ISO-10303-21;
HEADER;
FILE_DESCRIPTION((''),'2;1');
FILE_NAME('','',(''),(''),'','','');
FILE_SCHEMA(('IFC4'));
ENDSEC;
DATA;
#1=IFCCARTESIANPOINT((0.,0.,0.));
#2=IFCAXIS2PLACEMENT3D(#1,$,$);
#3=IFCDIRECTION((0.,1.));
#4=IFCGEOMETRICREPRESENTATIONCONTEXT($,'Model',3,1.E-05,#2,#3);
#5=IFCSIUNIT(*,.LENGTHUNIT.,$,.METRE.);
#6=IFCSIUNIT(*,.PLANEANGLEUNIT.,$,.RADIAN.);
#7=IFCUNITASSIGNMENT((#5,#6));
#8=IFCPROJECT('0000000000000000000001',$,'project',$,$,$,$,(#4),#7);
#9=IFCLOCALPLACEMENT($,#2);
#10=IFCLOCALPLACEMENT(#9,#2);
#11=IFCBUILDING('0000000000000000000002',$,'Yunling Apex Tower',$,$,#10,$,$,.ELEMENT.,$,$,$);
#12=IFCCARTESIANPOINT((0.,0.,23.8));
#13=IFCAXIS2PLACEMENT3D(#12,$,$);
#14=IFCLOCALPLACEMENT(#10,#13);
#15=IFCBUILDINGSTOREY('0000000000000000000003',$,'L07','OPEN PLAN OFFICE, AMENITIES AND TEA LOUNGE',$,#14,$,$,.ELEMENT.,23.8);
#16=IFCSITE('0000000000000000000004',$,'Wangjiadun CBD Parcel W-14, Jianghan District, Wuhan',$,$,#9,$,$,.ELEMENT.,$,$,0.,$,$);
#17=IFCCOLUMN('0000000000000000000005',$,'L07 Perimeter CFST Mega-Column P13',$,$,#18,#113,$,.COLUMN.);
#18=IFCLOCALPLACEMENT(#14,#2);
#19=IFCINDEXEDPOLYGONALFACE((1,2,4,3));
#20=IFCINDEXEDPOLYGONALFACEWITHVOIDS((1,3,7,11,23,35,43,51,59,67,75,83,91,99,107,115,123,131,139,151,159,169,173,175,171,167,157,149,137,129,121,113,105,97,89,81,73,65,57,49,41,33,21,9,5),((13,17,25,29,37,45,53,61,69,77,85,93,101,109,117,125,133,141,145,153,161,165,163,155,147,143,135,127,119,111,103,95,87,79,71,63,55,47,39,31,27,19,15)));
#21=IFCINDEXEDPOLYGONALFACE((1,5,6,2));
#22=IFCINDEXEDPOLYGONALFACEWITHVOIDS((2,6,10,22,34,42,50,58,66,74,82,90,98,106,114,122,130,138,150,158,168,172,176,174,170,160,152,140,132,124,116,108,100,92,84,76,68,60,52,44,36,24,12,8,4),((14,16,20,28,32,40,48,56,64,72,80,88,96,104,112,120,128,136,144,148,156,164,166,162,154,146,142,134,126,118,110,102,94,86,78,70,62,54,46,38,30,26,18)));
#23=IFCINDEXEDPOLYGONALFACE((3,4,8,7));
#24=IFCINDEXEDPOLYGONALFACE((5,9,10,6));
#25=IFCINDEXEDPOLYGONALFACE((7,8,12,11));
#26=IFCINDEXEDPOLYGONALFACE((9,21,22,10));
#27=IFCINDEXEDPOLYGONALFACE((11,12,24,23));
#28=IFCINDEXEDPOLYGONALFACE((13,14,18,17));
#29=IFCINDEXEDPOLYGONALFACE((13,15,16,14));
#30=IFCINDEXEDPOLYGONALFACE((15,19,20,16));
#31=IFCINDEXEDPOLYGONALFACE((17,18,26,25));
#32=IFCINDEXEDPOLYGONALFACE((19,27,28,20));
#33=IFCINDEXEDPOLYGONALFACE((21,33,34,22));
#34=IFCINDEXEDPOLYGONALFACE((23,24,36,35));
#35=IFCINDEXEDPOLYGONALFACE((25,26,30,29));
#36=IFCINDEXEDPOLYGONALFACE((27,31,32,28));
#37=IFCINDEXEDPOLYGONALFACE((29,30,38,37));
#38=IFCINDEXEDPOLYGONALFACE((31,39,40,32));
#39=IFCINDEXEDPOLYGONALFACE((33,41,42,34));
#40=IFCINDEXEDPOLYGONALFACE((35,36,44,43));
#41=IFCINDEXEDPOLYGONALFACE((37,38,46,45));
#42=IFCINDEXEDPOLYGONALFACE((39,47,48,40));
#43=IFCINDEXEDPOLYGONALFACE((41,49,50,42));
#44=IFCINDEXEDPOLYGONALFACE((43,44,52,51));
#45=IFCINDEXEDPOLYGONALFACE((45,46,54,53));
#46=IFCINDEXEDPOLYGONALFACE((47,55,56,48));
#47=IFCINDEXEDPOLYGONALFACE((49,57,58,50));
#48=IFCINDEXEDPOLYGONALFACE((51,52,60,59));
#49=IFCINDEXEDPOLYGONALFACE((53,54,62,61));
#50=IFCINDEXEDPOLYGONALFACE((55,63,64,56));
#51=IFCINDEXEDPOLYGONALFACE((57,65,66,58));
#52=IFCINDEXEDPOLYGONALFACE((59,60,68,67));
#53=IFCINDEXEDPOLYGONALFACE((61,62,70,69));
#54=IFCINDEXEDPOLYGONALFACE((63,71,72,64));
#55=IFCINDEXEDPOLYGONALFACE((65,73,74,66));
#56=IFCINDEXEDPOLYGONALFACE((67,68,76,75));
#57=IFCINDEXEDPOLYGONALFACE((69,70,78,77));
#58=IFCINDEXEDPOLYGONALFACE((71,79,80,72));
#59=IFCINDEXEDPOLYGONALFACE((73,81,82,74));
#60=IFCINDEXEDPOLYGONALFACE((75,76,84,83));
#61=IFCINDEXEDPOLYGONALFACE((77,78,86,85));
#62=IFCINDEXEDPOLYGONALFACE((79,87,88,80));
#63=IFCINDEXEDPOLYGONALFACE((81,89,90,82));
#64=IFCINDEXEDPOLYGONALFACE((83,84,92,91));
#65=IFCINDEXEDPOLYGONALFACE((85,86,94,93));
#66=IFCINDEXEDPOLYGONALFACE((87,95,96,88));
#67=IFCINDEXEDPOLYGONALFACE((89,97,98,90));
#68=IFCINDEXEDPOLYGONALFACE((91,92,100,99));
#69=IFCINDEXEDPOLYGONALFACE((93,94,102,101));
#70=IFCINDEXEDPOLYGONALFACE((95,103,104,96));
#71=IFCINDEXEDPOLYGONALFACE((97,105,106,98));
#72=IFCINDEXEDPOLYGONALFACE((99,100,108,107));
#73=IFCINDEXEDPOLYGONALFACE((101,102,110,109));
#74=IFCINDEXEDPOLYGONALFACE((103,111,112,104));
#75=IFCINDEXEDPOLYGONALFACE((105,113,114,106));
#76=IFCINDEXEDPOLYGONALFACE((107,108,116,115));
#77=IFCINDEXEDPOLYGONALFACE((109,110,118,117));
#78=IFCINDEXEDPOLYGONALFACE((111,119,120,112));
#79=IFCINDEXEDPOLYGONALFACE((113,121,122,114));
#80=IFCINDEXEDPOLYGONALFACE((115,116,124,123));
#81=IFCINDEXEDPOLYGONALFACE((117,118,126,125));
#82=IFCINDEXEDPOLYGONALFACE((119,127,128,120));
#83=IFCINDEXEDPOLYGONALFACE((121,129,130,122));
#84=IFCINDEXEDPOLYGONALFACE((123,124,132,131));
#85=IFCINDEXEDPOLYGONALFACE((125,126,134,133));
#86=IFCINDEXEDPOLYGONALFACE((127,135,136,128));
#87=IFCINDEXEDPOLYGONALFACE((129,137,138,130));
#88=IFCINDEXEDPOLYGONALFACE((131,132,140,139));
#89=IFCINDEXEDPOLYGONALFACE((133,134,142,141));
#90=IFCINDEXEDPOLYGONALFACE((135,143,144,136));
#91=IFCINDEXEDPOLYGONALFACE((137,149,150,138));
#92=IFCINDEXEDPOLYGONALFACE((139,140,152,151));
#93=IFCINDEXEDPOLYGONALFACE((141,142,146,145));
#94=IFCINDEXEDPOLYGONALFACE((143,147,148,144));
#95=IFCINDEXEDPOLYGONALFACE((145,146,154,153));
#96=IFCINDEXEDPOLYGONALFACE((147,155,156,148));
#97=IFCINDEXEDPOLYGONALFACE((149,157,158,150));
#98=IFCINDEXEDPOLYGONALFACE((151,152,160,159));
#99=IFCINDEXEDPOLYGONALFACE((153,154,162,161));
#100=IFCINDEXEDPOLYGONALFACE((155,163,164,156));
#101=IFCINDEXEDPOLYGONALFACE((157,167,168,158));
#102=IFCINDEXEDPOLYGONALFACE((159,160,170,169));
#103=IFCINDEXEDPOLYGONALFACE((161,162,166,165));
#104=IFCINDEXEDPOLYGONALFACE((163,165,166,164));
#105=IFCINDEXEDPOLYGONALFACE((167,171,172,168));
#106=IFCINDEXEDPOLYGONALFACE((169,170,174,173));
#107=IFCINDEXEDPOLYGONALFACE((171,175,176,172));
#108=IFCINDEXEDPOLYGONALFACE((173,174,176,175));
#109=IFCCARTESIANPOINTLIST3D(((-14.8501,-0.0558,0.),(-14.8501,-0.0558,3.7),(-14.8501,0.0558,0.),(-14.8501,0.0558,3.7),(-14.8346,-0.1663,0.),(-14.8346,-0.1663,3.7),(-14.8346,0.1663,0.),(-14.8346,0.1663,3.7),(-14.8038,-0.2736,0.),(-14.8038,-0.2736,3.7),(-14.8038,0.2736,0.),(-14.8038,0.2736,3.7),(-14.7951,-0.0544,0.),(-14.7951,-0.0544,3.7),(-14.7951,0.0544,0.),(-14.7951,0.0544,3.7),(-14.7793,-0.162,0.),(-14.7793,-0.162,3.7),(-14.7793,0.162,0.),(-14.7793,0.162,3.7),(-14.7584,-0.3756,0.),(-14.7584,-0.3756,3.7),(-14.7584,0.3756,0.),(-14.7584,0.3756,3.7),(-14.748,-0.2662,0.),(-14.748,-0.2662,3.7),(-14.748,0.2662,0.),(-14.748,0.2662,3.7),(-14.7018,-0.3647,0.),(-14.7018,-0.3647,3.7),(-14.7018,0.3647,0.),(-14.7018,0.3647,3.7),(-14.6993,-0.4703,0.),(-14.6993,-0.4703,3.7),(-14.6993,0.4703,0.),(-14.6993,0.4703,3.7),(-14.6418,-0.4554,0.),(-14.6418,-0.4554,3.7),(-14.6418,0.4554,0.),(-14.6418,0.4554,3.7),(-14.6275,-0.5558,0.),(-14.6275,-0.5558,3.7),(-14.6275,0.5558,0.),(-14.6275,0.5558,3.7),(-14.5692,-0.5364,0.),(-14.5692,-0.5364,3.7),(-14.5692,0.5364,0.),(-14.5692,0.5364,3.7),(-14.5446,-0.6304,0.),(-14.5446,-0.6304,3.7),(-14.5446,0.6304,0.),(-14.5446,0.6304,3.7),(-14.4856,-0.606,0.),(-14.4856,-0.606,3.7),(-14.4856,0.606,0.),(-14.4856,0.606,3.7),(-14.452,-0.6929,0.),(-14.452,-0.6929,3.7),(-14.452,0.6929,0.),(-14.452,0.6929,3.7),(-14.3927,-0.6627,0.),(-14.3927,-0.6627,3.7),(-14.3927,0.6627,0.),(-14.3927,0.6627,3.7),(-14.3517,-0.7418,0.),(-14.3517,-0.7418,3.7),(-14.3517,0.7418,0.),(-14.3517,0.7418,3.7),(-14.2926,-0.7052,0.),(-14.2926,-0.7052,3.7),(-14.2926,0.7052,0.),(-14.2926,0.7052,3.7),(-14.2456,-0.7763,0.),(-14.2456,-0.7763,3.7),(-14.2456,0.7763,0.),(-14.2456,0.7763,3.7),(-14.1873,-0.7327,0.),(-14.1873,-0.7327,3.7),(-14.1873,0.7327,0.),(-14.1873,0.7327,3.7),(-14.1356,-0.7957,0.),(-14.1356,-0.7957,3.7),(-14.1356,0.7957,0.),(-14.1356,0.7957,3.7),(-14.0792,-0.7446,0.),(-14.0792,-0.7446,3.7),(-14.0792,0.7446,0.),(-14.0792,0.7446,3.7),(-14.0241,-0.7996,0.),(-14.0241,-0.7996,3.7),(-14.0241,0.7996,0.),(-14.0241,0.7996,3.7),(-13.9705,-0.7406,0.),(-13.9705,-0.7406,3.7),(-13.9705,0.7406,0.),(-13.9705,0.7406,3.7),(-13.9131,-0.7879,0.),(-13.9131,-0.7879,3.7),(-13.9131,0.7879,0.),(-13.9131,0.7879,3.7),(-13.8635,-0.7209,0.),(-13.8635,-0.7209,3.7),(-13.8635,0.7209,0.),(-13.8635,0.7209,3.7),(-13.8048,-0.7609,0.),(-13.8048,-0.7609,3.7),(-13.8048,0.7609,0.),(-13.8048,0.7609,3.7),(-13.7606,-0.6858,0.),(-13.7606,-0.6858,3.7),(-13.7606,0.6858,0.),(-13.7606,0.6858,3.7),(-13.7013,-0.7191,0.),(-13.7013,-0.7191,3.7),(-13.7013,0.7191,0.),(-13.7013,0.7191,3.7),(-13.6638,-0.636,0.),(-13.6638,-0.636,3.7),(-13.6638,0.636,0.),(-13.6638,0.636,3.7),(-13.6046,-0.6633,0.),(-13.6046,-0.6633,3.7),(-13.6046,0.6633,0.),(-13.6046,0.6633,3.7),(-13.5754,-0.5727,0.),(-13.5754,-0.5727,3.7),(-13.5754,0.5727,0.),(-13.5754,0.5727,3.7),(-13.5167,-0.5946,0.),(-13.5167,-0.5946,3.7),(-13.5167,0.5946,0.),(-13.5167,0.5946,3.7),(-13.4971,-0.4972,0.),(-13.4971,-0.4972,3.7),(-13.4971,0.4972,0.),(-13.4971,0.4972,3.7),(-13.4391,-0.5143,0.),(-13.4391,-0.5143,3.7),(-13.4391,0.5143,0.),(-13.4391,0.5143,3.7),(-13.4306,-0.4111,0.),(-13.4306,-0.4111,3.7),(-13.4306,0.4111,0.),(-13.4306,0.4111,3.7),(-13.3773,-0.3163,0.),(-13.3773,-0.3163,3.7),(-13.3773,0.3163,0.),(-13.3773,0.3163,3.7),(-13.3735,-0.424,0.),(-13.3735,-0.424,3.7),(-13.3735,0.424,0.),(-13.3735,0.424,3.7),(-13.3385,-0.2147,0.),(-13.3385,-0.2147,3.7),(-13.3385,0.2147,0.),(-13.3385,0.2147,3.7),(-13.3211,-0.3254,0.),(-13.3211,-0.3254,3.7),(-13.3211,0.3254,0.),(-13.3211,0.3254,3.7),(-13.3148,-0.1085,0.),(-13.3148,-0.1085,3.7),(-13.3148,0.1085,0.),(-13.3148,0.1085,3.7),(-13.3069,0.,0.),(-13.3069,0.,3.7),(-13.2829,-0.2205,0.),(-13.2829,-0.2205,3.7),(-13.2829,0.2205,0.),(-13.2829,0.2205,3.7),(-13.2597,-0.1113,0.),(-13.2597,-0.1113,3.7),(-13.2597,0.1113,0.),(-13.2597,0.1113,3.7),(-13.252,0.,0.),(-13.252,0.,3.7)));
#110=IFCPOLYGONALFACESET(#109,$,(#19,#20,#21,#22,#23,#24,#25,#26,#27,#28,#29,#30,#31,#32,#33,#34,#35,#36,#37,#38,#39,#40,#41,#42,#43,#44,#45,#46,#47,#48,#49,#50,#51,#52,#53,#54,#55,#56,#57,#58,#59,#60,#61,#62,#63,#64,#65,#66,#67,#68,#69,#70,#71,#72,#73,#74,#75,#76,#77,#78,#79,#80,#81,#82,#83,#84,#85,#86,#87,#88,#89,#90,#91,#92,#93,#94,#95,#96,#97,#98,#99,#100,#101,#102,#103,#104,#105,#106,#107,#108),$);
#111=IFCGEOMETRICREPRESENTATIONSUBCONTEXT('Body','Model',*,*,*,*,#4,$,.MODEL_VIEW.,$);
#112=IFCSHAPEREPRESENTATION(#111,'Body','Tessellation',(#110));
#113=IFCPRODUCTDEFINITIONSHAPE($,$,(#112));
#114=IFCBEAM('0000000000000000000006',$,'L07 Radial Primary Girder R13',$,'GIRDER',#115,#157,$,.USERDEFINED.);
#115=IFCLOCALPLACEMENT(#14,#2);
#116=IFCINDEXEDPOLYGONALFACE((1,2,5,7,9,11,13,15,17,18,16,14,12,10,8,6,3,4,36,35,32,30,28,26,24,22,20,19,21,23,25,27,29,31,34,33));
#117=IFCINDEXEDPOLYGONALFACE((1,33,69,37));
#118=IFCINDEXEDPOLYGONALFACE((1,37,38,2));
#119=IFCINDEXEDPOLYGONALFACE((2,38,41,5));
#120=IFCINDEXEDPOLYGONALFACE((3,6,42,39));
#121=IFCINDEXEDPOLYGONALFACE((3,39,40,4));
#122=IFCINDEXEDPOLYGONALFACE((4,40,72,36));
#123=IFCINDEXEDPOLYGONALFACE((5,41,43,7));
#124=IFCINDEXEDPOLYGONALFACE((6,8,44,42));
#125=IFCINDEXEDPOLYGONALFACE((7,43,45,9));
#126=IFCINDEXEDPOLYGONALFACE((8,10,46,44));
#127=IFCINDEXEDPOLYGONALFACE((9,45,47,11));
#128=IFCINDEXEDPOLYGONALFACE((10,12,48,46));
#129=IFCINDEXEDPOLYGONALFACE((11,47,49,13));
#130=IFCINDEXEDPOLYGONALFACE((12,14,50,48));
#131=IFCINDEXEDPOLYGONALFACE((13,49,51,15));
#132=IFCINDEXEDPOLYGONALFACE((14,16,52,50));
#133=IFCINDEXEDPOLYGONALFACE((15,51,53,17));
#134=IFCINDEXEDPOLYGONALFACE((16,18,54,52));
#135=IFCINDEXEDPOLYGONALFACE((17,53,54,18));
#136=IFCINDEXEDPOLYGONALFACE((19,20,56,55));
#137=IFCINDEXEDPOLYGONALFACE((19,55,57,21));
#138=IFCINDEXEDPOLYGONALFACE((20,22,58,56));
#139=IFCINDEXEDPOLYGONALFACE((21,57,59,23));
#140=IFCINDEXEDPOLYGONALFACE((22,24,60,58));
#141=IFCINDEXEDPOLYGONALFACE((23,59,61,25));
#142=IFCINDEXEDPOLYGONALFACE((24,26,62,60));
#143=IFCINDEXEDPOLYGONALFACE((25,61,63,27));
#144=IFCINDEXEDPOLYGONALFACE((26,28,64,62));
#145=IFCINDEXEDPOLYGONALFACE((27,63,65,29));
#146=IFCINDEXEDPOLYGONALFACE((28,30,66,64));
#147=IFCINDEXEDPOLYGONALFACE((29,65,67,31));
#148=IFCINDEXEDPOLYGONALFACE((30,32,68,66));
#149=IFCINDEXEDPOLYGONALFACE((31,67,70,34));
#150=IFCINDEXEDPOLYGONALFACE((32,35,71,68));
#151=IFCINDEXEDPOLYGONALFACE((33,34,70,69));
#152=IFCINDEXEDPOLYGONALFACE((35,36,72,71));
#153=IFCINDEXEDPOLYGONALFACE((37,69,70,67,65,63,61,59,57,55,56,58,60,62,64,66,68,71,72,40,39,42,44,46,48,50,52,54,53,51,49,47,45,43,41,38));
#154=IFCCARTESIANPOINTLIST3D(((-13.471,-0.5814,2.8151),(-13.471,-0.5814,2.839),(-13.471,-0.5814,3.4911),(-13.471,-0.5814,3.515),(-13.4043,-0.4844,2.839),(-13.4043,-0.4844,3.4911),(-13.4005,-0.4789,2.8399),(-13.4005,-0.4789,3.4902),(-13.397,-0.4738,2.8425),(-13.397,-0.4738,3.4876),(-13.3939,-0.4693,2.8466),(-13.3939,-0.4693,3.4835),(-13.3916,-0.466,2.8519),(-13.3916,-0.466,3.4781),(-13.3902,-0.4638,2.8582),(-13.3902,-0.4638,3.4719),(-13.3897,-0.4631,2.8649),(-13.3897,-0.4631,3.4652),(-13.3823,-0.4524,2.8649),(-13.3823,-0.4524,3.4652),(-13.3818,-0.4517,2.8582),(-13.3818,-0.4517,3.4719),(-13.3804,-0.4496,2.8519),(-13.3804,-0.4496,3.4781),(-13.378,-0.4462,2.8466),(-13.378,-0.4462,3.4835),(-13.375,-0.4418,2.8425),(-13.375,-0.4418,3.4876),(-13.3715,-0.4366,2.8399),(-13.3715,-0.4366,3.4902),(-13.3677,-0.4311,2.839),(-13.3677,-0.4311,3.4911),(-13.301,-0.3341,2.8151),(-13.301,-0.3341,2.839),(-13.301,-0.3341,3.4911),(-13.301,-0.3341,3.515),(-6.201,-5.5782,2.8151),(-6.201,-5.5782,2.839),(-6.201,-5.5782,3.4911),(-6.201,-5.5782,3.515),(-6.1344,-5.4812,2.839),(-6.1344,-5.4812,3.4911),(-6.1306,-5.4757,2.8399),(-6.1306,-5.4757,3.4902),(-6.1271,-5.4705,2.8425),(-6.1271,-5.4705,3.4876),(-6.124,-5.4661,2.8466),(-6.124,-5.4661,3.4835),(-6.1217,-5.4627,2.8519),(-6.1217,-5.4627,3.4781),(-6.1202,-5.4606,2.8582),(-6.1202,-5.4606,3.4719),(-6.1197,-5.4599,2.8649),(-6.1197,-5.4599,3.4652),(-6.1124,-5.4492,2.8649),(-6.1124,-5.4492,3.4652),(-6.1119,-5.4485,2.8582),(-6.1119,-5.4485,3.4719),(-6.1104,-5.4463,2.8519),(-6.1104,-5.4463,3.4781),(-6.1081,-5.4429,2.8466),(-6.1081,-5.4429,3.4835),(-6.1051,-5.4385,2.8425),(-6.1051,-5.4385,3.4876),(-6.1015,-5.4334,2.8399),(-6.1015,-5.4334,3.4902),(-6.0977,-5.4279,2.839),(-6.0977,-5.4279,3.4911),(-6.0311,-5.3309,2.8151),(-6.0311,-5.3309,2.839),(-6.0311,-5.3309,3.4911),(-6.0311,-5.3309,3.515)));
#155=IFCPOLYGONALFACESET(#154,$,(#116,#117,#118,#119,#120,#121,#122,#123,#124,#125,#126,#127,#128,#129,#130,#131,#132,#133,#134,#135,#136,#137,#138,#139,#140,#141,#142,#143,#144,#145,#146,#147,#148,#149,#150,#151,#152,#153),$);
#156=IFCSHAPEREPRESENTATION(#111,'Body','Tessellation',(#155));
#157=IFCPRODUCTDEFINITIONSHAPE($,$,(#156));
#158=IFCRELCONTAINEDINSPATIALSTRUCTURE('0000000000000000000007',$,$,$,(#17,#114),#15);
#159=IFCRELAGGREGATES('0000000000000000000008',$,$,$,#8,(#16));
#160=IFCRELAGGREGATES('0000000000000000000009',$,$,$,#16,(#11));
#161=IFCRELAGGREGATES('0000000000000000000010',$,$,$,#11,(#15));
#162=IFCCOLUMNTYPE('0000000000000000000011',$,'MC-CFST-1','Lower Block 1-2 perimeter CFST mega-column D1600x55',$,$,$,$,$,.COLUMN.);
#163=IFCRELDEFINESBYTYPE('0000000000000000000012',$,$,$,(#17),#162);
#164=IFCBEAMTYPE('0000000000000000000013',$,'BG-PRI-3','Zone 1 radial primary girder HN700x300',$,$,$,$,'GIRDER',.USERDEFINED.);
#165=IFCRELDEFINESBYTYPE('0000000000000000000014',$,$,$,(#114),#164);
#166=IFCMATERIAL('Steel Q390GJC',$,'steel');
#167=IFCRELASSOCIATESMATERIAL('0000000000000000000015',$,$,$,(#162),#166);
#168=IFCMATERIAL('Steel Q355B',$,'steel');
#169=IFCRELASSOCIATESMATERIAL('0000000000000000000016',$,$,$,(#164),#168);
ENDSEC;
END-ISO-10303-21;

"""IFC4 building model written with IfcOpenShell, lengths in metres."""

from ifc_helpers import new_model, si_unit, direction, frame, origin, origin_2d, place, context, subcontext, project, spatial, hollow_circle, i_section, extrude, source, transform, mapped, material, material_profile, profile_set, type_object, element, save


model = new_model("IFC4")

# Units and contexts
model_context = context("Model", 3, precision=1e-05, world=origin(), true_north=direction((0.0, 1.0)))
body_context = subcontext(model_context, "Body", "Model", "MODEL_VIEW")
ifc_project = project(units=[si_unit("LENGTHUNIT", "METRE"), si_unit("PLANEANGLEUNIT", "RADIAN")], contexts=[model_context])

# Site, building, storey
site_placement = place(None, origin())
site = spatial("IfcSite", under=ifc_project, at=site_placement, Name="Wangjiadun CBD Parcel W-14, Jianghan District, Wuhan", CompositionType="ELEMENT", RefElevation=0.0)
building_placement = place(site_placement, origin())
building = spatial("IfcBuilding", under=site, at=building_placement, Name="Yunling Apex Tower", CompositionType="ELEMENT")
storey_placement = place(building_placement, frame((0.0, 0.0, 23.8)))
storey = spatial("IfcBuildingStorey", under=building, at=storey_placement, Name="L07", Description="OPEN PLAN OFFICE, AMENITIES AND TEA LOUNGE", CompositionType="ELEMENT", Elevation=23.8)

# Column
ifc_material_1 = material(Name="Steel Q390GJC", Category="steel")
ifc_material_profile_1 = material_profile(ifc_material_1, hollow_circle(Radius=0.8, WallThickness=0.0549, at=origin_2d()))
ifc_profile_set_1 = profile_set([ifc_material_profile_1], Name="Steel Q390GJC")
column_type = type_object("IfcColumnType", Name="MC-CFST-1", Description="Lower Block 1-2 perimeter CFST mega-column D1600x55", PredefinedType="COLUMN", material=ifc_profile_set_1)
shared_shape_1 = source(origin(), body_context, "Body", "SweptSolid", [
    extrude(hollow_circle(Radius=0.8, WallThickness=0.0549, at=origin_2d()), origin(), (0.0, 0.0, 1.0), 3.7),
])
column_placement = place(storey_placement, frame((-14.052, 0.0, 0.0), z_axis=(0.0, 0.0, 1.0), x_axis=(1.0, 0.0, 0.0)))
element("IfcColumn", 1, at=column_placement, inside=storey, type_object=column_type, Name="L07 Perimeter CFST Mega-Column P13", PredefinedType="COLUMN", context=body_context, shape_type="MappedRepresentation", body=[
    mapped(shared_shape_1, transform((0.0, 0.0, 0.0), scale=1.0)),
])

# Beam
ifc_material_2 = material(Name="Steel Q355B", Category="steel")
ifc_material_profile_2 = material_profile(ifc_material_2, i_section(OverallWidth=0.3, OverallDepth=0.7, WebThickness=0.0129, FlangeThickness=0.0239, FilletRadius=0.0259, at=origin_2d()))
ifc_profile_set_2 = profile_set([ifc_material_profile_2], Name="Steel Q355B")
beam_type_1 = type_object("IfcBeamType", Name="BG-PRI-3", Description="Zone 1 radial primary girder HN700x300", ElementType="GIRDER", PredefinedType="USERDEFINED", material=ifc_profile_set_2)
shared_shape_2 = source(origin(), body_context, "Body", "SweptSolid", [
    extrude(i_section(OverallWidth=0.3, OverallDepth=0.7, WebThickness=0.0129, FlangeThickness=0.0239, FilletRadius=0.0259, at=origin_2d()), origin(), (0.0, 0.0, 1.0), 8.8215),
])
beam_1_placement = place(storey_placement, frame((-13.386, -0.4578, 3.165), z_axis=(0.824111, -0.566428, 0.0), x_axis=(0.566428, 0.824111, 0.0)))
element("IfcBeam", 2, at=beam_1_placement, inside=storey, type_object=beam_type_1, Name="L07 Radial Primary Girder R13", ObjectType="GIRDER", PredefinedType="USERDEFINED", context=body_context, shape_type="MappedRepresentation", body=[
    mapped(shared_shape_2, transform((0.0, 0.0, 0.0), scale=1.0)),
])

save(model, "model.ifc")
